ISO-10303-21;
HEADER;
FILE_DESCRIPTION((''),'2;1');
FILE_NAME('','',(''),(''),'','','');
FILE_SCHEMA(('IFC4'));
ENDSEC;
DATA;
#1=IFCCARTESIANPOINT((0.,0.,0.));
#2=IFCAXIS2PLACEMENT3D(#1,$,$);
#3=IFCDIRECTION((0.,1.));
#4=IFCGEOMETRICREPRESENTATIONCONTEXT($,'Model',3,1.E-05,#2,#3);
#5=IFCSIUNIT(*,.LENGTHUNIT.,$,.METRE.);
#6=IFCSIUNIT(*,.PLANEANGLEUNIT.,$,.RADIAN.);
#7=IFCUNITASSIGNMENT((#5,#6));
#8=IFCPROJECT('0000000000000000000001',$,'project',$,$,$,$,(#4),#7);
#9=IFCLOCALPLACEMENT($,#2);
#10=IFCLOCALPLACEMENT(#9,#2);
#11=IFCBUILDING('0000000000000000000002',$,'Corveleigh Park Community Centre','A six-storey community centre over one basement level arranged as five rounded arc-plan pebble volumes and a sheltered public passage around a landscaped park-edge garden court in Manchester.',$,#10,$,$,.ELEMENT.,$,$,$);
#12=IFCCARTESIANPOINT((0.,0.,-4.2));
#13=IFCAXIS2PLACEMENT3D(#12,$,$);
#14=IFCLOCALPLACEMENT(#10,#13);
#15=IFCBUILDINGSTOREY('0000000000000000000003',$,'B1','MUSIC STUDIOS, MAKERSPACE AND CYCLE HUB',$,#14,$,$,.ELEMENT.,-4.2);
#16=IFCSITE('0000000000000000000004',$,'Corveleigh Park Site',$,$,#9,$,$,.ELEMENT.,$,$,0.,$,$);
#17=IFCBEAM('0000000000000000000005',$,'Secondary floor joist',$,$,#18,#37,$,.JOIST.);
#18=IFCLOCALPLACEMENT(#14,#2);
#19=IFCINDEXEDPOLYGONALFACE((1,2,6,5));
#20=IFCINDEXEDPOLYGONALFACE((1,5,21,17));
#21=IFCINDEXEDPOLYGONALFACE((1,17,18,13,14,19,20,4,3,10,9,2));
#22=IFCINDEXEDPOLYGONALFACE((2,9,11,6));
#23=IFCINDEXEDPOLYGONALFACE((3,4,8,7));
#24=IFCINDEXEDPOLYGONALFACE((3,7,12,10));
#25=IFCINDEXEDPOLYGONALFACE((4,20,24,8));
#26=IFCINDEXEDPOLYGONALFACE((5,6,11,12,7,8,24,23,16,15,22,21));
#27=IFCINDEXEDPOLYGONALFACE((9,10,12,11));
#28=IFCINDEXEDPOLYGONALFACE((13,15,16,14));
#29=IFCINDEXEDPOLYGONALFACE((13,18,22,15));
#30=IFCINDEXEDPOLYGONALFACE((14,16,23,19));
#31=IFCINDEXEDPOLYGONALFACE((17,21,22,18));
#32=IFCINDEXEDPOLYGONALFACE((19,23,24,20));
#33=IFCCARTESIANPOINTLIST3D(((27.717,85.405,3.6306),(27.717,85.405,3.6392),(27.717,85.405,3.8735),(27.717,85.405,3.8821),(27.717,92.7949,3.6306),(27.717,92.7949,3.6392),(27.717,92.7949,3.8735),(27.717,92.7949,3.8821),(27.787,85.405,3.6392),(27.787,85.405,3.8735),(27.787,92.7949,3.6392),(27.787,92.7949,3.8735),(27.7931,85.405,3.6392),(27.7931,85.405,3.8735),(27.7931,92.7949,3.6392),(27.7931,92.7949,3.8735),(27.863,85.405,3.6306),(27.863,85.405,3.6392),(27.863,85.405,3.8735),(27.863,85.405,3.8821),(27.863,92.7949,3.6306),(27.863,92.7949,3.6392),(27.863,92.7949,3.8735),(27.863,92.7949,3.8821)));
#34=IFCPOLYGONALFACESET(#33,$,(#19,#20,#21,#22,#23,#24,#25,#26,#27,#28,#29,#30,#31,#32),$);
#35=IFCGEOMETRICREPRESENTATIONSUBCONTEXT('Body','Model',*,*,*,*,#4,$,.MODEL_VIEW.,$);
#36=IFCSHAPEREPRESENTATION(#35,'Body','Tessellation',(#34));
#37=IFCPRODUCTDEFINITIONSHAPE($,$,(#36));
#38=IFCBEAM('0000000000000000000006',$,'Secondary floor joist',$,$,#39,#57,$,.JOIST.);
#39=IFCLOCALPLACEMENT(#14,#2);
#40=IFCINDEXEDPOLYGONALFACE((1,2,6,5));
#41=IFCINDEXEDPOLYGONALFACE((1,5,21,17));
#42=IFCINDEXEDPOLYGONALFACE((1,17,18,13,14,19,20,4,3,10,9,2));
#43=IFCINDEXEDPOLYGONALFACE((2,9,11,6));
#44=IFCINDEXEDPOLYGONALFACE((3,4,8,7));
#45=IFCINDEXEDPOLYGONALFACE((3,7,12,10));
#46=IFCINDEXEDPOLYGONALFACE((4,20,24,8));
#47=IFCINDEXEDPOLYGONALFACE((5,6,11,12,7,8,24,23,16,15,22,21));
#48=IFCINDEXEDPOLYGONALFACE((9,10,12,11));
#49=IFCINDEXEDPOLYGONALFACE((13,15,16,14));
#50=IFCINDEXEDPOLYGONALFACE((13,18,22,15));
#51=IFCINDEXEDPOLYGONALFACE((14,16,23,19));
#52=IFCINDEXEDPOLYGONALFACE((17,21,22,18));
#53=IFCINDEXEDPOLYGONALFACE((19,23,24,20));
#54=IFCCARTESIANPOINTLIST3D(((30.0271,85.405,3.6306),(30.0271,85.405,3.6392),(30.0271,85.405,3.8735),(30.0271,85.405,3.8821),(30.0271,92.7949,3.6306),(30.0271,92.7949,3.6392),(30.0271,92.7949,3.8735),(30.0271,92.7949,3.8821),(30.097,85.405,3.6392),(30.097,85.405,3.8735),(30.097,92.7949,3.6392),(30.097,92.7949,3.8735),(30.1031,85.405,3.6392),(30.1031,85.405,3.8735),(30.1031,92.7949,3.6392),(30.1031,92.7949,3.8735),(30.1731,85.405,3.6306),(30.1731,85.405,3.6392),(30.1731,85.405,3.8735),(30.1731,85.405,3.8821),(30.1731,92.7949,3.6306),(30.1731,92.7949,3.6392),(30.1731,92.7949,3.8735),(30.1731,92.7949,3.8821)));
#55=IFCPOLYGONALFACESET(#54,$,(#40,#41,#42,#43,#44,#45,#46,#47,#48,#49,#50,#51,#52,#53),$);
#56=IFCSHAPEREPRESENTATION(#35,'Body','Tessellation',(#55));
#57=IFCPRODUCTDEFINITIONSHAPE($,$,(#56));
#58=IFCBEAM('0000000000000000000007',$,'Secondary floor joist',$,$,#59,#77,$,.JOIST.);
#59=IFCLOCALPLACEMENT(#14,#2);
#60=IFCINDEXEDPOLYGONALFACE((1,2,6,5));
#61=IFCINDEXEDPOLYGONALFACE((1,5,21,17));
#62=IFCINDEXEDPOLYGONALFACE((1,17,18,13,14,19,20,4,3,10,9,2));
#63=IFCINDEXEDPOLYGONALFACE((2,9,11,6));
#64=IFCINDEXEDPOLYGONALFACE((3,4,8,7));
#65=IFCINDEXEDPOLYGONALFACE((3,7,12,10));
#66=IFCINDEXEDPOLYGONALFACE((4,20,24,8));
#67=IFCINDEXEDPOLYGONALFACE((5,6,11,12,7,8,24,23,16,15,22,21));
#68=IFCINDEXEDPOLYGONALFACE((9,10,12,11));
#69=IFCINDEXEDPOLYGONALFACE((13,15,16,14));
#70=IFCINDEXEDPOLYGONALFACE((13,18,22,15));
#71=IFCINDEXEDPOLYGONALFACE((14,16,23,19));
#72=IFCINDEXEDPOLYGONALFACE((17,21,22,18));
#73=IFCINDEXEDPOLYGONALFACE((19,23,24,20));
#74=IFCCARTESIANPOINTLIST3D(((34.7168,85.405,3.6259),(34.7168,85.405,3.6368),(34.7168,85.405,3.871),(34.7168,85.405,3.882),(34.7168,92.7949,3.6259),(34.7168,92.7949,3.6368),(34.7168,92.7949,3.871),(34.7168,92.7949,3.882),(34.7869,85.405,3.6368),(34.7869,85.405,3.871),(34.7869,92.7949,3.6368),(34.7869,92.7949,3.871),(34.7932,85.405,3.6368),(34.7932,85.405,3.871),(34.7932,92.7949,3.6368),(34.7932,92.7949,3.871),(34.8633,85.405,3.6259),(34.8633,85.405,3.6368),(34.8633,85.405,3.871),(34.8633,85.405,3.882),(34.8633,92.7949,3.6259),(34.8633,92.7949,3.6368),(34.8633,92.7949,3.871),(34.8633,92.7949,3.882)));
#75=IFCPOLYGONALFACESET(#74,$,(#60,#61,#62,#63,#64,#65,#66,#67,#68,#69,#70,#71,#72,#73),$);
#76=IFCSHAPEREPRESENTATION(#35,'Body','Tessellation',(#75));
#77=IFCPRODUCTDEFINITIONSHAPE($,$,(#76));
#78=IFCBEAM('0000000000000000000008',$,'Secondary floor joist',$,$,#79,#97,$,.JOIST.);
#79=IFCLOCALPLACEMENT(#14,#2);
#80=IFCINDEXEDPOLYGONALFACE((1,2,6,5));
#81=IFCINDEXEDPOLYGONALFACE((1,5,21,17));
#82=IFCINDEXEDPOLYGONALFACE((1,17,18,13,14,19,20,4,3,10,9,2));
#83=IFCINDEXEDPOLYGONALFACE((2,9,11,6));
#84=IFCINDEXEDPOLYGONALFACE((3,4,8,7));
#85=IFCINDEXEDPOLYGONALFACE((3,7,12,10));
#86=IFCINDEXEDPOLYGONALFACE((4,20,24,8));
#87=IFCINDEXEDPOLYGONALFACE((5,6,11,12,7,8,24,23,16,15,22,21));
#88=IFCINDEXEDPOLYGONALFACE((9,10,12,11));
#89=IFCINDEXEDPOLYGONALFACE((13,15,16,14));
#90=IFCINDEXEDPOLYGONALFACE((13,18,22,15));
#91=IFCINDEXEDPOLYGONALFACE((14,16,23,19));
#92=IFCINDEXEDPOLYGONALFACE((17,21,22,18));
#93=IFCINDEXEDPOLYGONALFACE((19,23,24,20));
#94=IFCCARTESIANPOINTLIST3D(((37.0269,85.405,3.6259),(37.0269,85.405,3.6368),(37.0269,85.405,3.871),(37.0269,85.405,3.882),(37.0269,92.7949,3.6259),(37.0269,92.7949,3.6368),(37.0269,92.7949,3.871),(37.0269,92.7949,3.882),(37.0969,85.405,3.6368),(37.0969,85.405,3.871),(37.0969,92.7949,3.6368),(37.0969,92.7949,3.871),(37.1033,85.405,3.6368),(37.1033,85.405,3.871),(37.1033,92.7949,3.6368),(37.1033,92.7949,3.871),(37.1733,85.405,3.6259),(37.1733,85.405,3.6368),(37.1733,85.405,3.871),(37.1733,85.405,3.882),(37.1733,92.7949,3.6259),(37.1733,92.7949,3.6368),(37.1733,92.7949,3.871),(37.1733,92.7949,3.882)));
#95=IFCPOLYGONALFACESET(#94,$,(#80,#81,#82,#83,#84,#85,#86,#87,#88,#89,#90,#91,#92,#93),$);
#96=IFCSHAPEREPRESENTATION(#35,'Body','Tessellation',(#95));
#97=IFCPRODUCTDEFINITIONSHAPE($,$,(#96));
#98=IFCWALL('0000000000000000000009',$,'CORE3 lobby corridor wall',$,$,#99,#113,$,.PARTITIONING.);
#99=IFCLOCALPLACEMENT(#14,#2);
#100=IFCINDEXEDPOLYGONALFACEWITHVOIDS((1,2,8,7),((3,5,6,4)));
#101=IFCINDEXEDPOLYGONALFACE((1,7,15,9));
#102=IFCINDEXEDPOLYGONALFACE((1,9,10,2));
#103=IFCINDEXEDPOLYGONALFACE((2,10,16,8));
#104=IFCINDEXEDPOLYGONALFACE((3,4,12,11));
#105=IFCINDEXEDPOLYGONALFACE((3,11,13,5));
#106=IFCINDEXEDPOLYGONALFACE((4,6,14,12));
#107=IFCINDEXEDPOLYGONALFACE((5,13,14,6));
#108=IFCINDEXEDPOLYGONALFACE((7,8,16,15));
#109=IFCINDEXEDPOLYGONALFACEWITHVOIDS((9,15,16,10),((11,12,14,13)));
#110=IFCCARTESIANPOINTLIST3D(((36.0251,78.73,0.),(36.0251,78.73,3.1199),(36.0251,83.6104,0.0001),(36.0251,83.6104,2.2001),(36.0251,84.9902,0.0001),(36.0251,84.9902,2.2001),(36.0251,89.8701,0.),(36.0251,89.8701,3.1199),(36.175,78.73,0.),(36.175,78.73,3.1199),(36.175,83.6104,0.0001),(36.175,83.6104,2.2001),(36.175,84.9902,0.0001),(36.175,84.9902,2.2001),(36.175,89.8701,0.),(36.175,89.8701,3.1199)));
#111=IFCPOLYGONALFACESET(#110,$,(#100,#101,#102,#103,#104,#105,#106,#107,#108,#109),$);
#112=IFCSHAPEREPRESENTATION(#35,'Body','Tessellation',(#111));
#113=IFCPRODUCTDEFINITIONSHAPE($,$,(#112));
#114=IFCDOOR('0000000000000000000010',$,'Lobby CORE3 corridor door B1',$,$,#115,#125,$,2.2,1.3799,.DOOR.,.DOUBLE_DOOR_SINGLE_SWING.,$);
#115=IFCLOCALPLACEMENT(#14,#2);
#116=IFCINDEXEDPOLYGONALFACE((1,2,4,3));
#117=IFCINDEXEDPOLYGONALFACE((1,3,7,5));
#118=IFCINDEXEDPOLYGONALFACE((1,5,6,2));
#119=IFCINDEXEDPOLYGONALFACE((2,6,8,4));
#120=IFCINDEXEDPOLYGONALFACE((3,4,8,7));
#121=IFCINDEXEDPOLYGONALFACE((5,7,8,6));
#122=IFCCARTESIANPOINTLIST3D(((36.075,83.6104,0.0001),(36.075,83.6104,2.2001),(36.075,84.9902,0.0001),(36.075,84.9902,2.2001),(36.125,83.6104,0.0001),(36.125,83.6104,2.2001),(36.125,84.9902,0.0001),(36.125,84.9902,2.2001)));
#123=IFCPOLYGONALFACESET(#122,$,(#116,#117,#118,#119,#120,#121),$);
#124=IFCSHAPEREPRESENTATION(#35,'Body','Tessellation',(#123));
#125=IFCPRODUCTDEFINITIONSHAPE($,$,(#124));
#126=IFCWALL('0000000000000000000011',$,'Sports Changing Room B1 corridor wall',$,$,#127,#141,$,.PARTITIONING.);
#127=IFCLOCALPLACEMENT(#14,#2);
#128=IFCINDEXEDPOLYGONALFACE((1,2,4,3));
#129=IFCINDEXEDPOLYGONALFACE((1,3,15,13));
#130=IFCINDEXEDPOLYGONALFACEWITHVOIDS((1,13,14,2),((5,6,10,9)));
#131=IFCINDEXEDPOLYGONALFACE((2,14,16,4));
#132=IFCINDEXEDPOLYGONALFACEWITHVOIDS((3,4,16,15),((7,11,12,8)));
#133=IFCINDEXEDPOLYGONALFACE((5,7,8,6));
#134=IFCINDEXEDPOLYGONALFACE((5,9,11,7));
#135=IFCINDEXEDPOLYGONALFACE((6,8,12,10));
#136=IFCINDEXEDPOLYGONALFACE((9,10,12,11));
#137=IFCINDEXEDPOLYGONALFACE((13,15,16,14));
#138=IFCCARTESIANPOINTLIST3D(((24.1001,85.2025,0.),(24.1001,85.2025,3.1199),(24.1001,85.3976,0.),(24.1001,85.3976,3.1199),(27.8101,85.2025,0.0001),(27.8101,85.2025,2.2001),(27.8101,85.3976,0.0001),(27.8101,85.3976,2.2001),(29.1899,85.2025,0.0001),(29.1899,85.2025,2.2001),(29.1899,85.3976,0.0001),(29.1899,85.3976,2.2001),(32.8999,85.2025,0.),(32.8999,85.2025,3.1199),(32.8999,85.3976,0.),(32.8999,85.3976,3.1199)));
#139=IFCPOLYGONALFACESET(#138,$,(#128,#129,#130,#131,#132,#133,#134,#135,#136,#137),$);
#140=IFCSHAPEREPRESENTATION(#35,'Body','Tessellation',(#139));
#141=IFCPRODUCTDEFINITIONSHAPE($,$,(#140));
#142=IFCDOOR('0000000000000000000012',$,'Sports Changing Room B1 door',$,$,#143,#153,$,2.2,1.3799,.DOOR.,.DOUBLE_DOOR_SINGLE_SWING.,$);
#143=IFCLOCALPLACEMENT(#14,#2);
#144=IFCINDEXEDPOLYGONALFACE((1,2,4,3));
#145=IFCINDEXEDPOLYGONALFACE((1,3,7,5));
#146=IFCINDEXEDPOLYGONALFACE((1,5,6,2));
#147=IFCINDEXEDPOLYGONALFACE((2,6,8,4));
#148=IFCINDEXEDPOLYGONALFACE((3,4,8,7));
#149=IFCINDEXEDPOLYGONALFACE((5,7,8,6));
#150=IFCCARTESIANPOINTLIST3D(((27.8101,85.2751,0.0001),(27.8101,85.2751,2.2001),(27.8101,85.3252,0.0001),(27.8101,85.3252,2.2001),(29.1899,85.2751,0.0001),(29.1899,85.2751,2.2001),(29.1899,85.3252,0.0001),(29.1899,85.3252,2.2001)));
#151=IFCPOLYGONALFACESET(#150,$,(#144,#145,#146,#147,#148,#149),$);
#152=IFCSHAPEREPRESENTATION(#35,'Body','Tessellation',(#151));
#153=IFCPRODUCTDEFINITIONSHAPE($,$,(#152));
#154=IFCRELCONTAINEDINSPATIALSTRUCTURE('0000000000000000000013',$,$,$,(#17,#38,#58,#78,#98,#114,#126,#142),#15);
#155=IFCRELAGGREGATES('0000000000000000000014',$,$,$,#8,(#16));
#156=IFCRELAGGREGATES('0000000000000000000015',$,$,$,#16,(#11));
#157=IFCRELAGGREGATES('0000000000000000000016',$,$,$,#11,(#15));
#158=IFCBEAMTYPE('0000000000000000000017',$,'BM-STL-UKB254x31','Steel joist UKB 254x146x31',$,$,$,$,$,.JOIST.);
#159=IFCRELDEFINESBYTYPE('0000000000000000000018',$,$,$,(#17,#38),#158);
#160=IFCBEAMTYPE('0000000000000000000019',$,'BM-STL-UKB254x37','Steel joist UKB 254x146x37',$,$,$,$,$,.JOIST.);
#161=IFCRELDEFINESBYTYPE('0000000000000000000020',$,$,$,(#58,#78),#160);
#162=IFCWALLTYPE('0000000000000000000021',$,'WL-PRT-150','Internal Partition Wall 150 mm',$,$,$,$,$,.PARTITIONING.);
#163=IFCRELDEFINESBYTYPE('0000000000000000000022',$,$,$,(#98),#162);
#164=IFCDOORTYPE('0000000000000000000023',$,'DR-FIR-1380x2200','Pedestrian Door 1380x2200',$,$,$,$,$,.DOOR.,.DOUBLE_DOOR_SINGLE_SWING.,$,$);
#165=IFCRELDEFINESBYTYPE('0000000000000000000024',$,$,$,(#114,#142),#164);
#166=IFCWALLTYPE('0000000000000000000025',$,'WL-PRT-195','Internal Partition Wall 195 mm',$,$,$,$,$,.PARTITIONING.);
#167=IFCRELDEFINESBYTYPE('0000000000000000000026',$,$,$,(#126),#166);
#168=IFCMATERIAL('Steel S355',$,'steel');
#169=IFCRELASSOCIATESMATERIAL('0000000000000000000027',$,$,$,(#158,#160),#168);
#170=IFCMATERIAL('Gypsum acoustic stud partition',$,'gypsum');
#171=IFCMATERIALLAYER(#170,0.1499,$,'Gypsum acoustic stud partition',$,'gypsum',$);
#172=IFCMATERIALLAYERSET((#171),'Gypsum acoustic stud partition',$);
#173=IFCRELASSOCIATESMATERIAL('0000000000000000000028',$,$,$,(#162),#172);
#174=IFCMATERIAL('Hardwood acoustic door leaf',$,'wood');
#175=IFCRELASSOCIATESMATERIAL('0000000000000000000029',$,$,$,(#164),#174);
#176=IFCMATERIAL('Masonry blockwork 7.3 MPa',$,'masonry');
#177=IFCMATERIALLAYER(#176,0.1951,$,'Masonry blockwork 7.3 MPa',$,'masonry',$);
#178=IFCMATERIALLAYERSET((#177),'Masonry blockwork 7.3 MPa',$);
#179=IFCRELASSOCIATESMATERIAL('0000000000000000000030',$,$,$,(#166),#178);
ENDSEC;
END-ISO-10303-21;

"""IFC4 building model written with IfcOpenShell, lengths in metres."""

from ifc_helpers import new_model, si_unit, direction, frame, frame_2d, origin, origin_2d, place, context, subcontext, project, spatial, rectangle, i_section, extrude, material, layer, layer_set, material_profile, profile_set, type_object, element, fill, save


model = new_model("IFC4")

# Units and contexts
model_context = context("Model", 3, precision=1e-05, world=origin(), true_north=direction((0.0, 1.0)))
body_context = subcontext(model_context, "Body", "Model", "MODEL_VIEW")
ifc_project = project(units=[si_unit("LENGTHUNIT", "METRE"), si_unit("PLANEANGLEUNIT", "RADIAN")], contexts=[model_context])

# Site, building, storey
site_placement = place(None, origin())
site = spatial("IfcSite", under=ifc_project, at=site_placement, Name="Corveleigh Park Site", CompositionType="ELEMENT", RefElevation=0.0)
building_placement = place(site_placement, origin())
building = spatial("IfcBuilding", under=site, at=building_placement, Name="Corveleigh Park Community Centre", Description="A six-storey community centre over one basement level arranged as five rounded arc-plan pebble volumes and a sheltered public passage around a landscaped park-edge garden court in Manchester.", CompositionType="ELEMENT")
storey_placement = place(building_placement, frame((0.0, 0.0, -4.2)))
storey = spatial("IfcBuildingStorey", under=building, at=storey_placement, Name="B1", Description="MUSIC STUDIOS, MAKERSPACE AND CYCLE HUB", CompositionType="ELEMENT", Elevation=-4.2)

# Shared definitions
ifc_material_1 = material(Name="Steel S355", Category="steel")

# Beams
ifc_material_profile_1 = material_profile(ifc_material_1, i_section(OverallWidth=0.146, OverallDepth=0.2515, WebThickness=0.0061, FlangeThickness=0.0085, at=origin_2d()), Name="UKB 254x146x31", Category="steel")
ifc_profile_set_1 = profile_set([ifc_material_profile_1], Name="Steel S355")
beam_type_1 = type_object("IfcBeamType", Name="BM-STL-UKB254x31", Description="Steel joist UKB 254x146x31", PredefinedType="JOIST", material=ifc_profile_set_1)
for number, where, z_axis, x_axis, name in (
    (1, (27.79, 85.405, 3.7563), (0.0, 1.0, 0.0), (-1.0, 0.0, 0.0), "Secondary floor joist"),
    (2, (30.1001, 85.405, 3.7563), (0.0, 1.0, 0.0), (-1.0, 0.0, 0.0), "Secondary floor joist"),
):
    element("IfcBeam", number, at=place(storey_placement, frame(where, z_axis=z_axis, x_axis=x_axis)), inside=storey, type_object=beam_type_1, Name=name, PredefinedType="JOIST", context=body_context, shape_type="SweptSolid", body=[
        extrude(i_section(OverallWidth=0.146, OverallDepth=0.2515, WebThickness=0.0061, FlangeThickness=0.0085, at=origin_2d()), origin(), (0.0, 0.0, 1.0), 7.3899),
    ])
ifc_material_profile_2 = material_profile(ifc_material_1, i_section(OverallWidth=0.1465, OverallDepth=0.2561, WebThickness=0.0063, FlangeThickness=0.011, at=origin_2d()), Name="UKB 254x146x37", Category="steel")
ifc_profile_set_2 = profile_set([ifc_material_profile_2], Name="Steel S355")
beam_type_2 = type_object("IfcBeamType", Name="BM-STL-UKB254x37", Description="Steel joist UKB 254x146x37", PredefinedType="JOIST", material=ifc_profile_set_2)
for number, where, z_axis, x_axis, name in (
    (3, (34.79, 85.405, 3.7539), (0.0, 1.0, 0.0), (-1.0, 0.0, 0.0), "Secondary floor joist"),
    (4, (37.1001, 85.405, 3.7539), (0.0, 1.0, 0.0), (-1.0, 0.0, 0.0), "Secondary floor joist"),
):
    element("IfcBeam", number, at=place(storey_placement, frame(where, z_axis=z_axis, x_axis=x_axis)), inside=storey, type_object=beam_type_2, Name=name, PredefinedType="JOIST", context=body_context, shape_type="SweptSolid", body=[
        extrude(i_section(OverallWidth=0.1465, OverallDepth=0.2561, WebThickness=0.0063, FlangeThickness=0.011, at=origin_2d()), origin(), (0.0, 0.0, 1.0), 7.3899),
    ])

# Walls, openings, doors
ifc_material_2 = material(Name="Gypsum acoustic stud partition", Category="gypsum")
ifc_layer_1 = layer(ifc_material_2, 0.1499, Name="Gypsum acoustic stud partition", Category="gypsum")
ifc_layer_set_1 = layer_set([ifc_layer_1], Name="Gypsum acoustic stud partition")
wall_type_1 = type_object("IfcWallType", Name="WL-PRT-150", Description="Internal Partition Wall 150 mm", PredefinedType="PARTITIONING", material=ifc_layer_set_1)
wall_1_placement = place(storey_placement, frame((36.1001, 89.8701, 0.0), z_axis=(0.0, 0.0, 1.0), x_axis=(0.0, -1.0, 0.0)))
wall_1 = element("IfcWall", 5, at=wall_1_placement, inside=storey, type_object=wall_type_1, Name="CORE3 lobby corridor wall", PredefinedType="PARTITIONING", context=body_context, shape_type="SweptSolid", body=[
    extrude(rectangle(XDim=11.1401, YDim=0.1499, at=frame_2d((5.5701, 0.0))), origin(), (0.0, 0.0, 1.0), 3.1199),
])
opening_1_placement = place(wall_1_placement, frame((4.8799, 0.0, 0.0)))
opening_1 = element("IfcOpeningElement", 6, at=opening_1_placement, cuts=wall_1, PredefinedType="OPENING", context=body_context, shape_type="SweptSolid", body=[
    extrude(rectangle(XDim=1.3799, YDim=2.2, at=frame_2d((0.6899, 1.1001))), frame((0.0, 0.085, 0.0), z_axis=(0.0, -1.0, 0.0), x_axis=(1.0, 0.0, 0.0)), (0.0, 0.0, 1.0), 0.1699),
])
ifc_material_3 = material(Name="Hardwood acoustic door leaf", Category="wood")
door_type = type_object("IfcDoorType", Name="DR-FIR-1380x2200", Description="Pedestrian Door 1380x2200", OperationType="DOUBLE_DOOR_SINGLE_SWING", PredefinedType="DOOR", material=ifc_material_3)
door_1_placement = place(opening_1_placement, origin())
door_1 = element("IfcDoor", 7, at=door_1_placement, inside=storey, type_object=door_type, Name="Lobby CORE3 corridor door B1", OperationType="DOUBLE_DOOR_SINGLE_SWING", OverallHeight=2.2, OverallWidth=1.3799, PredefinedType="DOOR", context=body_context, shape_type="SweptSolid", body=[
    extrude(rectangle(XDim=1.3799, YDim=2.2, at=frame_2d((0.6899, 1.1001))), frame((0.0, 0.0249, 0.0), z_axis=(0.0, -1.0, 0.0), x_axis=(1.0, 0.0, 0.0)), (0.0, 0.0, 1.0), 0.05),
])
fill(opening_1, door_1)
ifc_material_4 = material(Name="Masonry blockwork 7.3 MPa", Category="masonry")
ifc_layer_2 = layer(ifc_material_4, 0.1951, Name="Masonry blockwork 7.3 MPa", Category="masonry")
ifc_layer_set_2 = layer_set([ifc_layer_2], Name="Masonry blockwork 7.3 MPa")
wall_type_2 = type_object("IfcWallType", Name="WL-PRT-195", Description="Internal Partition Wall 195 mm", PredefinedType="PARTITIONING", material=ifc_layer_set_2)
wall_2_placement = place(storey_placement, frame((32.8999, 85.3, 0.0), z_axis=(0.0, 0.0, 1.0), x_axis=(-1.0, 0.0, 0.0)))
wall_2 = element("IfcWall", 8, at=wall_2_placement, inside=storey, type_object=wall_type_2, Name="Sports Changing Room B1 corridor wall", PredefinedType="PARTITIONING", context=body_context, shape_type="SweptSolid", body=[
    extrude(rectangle(XDim=8.7998, YDim=0.1951, at=frame_2d((4.3999, 0.0))), origin(), (0.0, 0.0, 1.0), 3.1199),
])
opening_2_placement = place(wall_2_placement, frame((3.71, 0.0, 0.0)))
opening_2 = element("IfcOpeningElement", 9, at=opening_2_placement, cuts=wall_2, PredefinedType="OPENING", context=body_context, shape_type="SweptSolid", body=[
    extrude(rectangle(XDim=1.3799, YDim=2.2, at=frame_2d((0.6899, 1.1001))), frame((0.0, 0.1074, 0.0), z_axis=(0.0, -1.0, 0.0), x_axis=(1.0, 0.0, 0.0)), (0.0, 0.0, 1.0), 0.2151),
])
door_2_placement = place(opening_2_placement, origin())
door_2 = element("IfcDoor", 10, at=door_2_placement, inside=storey, type_object=door_type, Name="Sports Changing Room B1 door", OperationType="DOUBLE_DOOR_SINGLE_SWING", OverallHeight=2.2, OverallWidth=1.3799, PredefinedType="DOOR", context=body_context, shape_type="SweptSolid", body=[
    extrude(rectangle(XDim=1.3799, YDim=2.2, at=frame_2d((0.6899, 1.1001))), frame((0.0, 0.0249, 0.0), z_axis=(0.0, -1.0, 0.0), x_axis=(1.0, 0.0, 0.0)), (0.0, 0.0, 1.0), 0.05),
])
fill(opening_2, door_2)

save(model, "model.ifc")
